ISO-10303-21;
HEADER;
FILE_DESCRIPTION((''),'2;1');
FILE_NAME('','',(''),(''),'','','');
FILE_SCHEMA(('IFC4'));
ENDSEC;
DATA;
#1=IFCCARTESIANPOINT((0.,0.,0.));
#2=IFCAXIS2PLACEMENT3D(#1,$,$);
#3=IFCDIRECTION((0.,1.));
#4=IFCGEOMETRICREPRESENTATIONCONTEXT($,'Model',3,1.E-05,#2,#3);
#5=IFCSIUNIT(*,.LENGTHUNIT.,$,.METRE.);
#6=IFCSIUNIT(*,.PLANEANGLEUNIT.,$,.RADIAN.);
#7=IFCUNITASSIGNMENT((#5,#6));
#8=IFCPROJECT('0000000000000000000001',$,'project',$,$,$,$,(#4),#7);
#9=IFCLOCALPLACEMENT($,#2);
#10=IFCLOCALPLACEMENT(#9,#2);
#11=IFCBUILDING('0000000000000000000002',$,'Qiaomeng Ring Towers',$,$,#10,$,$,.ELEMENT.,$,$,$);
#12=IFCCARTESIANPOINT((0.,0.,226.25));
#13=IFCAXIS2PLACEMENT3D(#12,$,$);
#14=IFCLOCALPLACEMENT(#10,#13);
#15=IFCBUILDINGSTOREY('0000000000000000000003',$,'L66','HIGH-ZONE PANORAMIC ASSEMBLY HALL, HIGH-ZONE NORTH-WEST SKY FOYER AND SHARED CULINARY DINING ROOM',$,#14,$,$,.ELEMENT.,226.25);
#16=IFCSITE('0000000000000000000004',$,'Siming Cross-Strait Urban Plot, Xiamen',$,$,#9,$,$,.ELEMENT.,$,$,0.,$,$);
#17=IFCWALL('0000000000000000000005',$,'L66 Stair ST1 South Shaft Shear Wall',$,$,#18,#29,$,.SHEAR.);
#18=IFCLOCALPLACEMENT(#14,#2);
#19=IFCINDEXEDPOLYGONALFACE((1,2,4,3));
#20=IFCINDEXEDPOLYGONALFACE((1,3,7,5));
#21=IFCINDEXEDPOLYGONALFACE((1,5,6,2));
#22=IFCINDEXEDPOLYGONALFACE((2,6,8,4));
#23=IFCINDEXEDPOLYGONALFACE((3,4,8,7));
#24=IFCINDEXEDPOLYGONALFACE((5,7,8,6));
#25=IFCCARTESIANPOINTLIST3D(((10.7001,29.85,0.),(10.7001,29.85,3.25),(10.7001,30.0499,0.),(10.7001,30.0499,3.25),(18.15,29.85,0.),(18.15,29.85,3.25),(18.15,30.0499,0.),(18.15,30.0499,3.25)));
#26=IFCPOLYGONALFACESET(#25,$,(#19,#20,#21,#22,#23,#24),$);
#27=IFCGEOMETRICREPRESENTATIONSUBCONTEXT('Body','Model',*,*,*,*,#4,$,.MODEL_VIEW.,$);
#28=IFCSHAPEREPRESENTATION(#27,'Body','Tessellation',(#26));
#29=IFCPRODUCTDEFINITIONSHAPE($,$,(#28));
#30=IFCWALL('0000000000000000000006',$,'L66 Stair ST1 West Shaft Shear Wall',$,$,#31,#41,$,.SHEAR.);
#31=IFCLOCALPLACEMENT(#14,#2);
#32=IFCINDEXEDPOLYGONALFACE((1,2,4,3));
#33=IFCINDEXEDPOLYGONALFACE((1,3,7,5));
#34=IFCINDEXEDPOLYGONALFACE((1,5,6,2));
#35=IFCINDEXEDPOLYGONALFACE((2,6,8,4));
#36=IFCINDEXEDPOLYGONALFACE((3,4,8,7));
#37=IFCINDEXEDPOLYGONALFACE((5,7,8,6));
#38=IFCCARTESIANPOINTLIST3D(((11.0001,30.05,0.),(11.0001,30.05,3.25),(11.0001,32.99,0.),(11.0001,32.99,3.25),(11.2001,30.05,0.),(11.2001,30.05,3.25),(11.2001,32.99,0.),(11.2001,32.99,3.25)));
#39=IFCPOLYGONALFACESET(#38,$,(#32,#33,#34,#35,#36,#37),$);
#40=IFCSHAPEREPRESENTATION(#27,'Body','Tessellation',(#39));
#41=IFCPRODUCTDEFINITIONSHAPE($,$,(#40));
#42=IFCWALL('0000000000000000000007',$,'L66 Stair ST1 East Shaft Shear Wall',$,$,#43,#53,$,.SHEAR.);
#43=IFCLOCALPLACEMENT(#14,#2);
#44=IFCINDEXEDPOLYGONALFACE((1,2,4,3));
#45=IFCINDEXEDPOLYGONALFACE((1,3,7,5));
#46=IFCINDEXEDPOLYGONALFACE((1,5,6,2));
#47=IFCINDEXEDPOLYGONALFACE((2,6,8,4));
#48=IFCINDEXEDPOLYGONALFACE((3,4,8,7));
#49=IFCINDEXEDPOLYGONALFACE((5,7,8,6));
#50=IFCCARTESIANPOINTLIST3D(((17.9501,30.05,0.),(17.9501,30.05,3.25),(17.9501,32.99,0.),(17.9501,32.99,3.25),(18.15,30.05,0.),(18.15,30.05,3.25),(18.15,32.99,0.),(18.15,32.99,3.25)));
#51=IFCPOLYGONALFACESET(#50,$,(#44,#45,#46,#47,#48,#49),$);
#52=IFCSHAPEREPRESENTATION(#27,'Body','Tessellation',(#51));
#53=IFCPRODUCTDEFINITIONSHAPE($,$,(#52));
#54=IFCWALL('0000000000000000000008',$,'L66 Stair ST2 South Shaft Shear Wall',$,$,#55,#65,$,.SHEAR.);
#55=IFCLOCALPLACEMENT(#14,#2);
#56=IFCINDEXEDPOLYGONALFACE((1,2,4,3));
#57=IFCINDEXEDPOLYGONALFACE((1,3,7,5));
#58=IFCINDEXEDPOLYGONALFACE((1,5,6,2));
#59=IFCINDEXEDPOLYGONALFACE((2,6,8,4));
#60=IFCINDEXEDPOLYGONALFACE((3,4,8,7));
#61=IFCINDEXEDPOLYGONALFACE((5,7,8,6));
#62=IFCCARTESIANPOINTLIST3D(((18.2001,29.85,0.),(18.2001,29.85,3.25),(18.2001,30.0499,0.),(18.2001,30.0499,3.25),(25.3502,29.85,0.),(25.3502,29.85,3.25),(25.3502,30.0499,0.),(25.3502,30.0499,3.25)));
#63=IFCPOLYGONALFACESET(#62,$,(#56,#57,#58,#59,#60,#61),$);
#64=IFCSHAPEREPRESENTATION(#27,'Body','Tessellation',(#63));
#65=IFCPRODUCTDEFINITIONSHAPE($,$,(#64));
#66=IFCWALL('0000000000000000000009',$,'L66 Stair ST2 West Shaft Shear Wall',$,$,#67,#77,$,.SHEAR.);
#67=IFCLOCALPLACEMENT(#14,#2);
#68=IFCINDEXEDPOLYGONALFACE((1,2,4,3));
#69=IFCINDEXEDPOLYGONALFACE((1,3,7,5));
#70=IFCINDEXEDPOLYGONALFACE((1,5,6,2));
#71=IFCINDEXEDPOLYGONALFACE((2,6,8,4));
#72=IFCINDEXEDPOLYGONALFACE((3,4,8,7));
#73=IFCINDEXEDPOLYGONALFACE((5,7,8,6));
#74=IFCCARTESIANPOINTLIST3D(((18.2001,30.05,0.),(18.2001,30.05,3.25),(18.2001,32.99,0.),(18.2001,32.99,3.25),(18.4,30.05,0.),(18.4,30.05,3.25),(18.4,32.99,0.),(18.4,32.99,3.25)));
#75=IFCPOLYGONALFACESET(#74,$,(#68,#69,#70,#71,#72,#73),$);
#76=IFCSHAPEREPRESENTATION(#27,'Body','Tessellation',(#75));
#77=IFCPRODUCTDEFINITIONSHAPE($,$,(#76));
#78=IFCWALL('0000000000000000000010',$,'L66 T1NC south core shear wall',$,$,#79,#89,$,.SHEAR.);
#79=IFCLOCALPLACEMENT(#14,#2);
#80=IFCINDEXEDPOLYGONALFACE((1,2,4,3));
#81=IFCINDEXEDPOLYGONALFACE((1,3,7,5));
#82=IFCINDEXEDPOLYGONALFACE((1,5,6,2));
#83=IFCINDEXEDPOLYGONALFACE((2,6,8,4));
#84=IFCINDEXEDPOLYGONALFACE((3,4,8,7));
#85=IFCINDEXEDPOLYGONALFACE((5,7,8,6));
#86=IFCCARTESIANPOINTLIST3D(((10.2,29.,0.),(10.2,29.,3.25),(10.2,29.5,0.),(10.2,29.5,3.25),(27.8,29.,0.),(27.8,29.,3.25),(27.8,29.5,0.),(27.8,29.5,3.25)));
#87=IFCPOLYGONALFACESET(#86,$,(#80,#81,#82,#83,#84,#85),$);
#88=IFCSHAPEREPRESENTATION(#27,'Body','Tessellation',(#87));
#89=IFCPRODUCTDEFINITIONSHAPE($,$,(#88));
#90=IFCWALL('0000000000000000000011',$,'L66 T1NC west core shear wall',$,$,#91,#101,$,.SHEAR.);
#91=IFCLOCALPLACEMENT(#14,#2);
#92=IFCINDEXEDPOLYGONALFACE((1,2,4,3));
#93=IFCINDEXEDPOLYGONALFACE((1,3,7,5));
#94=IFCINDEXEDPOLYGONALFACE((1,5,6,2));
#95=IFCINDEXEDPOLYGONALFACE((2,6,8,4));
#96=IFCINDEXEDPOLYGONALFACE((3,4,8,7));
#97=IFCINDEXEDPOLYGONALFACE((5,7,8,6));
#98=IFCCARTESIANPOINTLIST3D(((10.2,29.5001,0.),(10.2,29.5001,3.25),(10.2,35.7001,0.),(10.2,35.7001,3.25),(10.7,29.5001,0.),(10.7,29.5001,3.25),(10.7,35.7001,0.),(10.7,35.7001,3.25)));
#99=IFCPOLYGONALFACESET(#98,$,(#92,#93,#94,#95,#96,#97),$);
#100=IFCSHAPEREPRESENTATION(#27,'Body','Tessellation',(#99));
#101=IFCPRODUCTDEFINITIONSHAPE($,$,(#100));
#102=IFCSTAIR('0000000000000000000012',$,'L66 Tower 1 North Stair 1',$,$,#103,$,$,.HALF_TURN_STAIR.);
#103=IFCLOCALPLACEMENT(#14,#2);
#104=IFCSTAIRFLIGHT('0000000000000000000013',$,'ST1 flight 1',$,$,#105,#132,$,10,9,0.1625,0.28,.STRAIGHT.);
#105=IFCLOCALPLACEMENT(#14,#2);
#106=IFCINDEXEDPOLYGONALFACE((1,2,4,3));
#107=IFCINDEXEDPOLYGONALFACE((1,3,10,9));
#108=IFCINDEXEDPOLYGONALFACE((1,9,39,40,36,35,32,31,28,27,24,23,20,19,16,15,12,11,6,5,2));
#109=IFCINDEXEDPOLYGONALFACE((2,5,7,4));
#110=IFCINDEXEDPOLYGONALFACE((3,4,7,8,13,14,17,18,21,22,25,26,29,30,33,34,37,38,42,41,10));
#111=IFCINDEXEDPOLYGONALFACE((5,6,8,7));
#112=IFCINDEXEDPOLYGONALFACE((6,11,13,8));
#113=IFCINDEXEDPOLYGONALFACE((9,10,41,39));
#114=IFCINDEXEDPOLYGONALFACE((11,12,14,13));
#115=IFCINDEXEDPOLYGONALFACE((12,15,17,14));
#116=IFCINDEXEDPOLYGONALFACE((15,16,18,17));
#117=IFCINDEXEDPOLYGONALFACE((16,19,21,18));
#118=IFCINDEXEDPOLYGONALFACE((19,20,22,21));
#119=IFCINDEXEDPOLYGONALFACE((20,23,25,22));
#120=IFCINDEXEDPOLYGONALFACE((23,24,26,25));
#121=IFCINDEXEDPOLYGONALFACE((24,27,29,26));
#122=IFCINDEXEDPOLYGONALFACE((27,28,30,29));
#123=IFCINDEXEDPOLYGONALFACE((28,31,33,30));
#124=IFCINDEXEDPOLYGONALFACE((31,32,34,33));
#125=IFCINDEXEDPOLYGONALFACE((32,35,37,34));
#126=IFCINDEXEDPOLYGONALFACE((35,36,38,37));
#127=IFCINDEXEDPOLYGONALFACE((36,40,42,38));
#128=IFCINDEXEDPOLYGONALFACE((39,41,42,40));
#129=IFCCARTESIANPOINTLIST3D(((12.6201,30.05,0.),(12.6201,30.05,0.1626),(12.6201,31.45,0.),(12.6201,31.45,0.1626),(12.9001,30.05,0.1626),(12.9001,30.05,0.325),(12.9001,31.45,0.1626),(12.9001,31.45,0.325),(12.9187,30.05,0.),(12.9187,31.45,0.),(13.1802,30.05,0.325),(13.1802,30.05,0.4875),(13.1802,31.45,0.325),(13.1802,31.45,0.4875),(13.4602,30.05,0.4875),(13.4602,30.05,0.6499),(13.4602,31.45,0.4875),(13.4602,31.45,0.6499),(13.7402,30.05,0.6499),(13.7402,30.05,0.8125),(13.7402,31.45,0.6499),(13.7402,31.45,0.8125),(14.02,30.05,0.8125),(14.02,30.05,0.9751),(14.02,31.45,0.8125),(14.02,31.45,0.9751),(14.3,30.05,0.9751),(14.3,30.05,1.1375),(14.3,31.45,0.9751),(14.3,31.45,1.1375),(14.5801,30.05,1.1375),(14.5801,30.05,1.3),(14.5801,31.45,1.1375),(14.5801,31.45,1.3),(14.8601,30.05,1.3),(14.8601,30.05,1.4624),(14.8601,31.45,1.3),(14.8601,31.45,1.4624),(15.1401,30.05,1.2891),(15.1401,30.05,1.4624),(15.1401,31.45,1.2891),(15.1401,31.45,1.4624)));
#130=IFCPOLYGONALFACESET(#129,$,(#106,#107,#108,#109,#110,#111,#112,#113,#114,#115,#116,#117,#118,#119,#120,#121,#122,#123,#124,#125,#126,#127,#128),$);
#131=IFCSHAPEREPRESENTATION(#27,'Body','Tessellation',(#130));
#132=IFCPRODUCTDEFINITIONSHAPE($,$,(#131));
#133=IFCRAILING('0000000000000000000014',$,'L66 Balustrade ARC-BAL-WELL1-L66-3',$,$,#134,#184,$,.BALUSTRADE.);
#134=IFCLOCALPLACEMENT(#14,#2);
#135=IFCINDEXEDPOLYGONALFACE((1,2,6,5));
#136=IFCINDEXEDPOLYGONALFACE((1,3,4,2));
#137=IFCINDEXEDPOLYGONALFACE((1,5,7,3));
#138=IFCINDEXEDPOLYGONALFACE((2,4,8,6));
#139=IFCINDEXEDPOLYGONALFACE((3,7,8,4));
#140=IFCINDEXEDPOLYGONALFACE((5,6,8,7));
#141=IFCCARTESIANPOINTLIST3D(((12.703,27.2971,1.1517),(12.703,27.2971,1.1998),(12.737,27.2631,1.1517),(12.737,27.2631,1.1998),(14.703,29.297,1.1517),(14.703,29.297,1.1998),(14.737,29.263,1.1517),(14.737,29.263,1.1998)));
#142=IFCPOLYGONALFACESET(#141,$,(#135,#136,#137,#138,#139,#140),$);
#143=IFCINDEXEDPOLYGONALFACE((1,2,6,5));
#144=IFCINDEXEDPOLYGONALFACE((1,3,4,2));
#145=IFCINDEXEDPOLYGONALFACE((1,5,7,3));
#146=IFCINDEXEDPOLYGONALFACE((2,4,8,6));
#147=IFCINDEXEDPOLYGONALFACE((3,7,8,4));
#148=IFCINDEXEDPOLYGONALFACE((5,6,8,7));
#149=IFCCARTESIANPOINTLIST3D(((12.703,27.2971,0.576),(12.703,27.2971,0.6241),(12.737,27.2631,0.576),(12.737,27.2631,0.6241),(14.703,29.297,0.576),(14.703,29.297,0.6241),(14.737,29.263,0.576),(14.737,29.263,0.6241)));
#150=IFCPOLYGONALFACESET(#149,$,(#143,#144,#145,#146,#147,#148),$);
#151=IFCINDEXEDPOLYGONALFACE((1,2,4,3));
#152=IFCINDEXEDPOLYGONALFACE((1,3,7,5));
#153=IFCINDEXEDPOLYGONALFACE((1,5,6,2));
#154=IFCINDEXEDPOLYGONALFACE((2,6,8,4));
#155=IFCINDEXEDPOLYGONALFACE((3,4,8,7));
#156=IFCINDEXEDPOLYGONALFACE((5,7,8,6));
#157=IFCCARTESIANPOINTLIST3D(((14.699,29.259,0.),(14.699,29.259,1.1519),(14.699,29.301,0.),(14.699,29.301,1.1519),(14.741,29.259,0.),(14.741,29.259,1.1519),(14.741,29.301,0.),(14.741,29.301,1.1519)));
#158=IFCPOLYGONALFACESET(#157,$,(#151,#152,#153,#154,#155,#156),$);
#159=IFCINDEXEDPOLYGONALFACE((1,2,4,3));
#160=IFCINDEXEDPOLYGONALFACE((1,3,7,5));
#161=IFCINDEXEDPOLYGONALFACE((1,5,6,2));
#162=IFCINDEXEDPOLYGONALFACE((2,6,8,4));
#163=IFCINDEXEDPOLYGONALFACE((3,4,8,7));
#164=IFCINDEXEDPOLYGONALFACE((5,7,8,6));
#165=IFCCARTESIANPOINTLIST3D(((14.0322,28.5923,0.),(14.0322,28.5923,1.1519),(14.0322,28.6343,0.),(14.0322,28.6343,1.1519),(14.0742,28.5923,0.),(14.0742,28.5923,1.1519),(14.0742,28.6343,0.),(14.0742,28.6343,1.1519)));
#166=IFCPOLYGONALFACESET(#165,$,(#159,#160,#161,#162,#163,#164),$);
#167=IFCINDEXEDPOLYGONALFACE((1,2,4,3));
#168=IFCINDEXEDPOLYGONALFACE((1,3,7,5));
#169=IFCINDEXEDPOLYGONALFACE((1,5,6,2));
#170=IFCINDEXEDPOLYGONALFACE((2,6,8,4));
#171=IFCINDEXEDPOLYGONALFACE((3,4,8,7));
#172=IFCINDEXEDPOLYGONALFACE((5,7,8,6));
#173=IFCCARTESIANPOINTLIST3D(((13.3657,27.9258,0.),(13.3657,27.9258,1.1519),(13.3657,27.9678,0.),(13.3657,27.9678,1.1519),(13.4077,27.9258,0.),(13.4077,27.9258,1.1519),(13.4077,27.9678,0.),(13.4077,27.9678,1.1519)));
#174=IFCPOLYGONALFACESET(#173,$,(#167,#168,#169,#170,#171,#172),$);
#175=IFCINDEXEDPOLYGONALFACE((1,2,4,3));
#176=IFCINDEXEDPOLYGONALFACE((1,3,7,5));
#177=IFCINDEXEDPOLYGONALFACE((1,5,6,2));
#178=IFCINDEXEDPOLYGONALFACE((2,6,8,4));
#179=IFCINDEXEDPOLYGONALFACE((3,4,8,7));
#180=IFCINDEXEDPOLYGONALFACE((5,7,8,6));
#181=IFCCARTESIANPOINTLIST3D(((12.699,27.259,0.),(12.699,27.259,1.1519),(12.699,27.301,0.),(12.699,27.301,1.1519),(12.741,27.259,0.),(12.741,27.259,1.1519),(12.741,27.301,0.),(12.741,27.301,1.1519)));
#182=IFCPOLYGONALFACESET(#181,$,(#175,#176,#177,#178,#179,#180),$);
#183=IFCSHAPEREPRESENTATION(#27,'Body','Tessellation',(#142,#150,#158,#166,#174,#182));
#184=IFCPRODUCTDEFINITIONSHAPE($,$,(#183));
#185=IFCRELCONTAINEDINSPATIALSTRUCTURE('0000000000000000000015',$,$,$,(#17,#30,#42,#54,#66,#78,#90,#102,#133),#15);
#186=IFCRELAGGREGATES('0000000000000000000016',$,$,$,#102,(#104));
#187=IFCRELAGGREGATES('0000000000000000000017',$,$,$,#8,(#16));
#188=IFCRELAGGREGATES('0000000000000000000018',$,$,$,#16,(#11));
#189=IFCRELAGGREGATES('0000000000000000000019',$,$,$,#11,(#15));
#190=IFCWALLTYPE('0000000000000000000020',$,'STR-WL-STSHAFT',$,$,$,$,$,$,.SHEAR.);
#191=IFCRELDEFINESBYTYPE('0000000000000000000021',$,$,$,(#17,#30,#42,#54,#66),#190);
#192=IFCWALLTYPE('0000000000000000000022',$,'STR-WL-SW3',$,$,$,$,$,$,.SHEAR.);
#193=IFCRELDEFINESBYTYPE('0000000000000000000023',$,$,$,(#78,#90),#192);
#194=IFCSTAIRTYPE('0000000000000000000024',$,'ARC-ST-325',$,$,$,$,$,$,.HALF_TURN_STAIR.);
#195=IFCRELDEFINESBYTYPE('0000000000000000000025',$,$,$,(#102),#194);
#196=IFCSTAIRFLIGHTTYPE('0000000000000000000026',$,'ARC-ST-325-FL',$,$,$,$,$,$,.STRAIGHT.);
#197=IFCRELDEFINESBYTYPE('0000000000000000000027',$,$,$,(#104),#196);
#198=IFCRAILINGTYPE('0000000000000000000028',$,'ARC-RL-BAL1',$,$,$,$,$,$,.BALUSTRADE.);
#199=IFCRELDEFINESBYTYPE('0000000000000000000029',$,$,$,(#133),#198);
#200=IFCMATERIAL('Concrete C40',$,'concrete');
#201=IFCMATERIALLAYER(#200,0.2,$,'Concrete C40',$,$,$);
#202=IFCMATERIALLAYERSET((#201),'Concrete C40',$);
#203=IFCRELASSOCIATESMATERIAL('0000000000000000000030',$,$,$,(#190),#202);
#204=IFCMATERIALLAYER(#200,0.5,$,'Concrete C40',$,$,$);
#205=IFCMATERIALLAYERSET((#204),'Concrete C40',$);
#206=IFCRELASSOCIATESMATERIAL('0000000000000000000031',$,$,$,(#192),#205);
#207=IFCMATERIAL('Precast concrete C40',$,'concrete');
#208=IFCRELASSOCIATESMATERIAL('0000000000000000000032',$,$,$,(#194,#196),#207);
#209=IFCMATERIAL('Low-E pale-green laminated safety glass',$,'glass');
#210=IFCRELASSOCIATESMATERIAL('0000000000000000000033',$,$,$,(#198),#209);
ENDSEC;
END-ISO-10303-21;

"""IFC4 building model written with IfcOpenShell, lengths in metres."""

from ifc_helpers import new_model, si_unit, direction, frame, frame_2d, origin, origin_2d, place, context, subcontext, project, spatial, polyline, rectangle, outline, extrude, source, transform, mapped, material, layer, layer_set, type_object, element, aggregate, save


model = new_model("IFC4")

# Units and contexts
model_context = context("Model", 3, precision=1e-05, world=origin(), true_north=direction((0.0, 1.0)))
body_context = subcontext(model_context, "Body", "Model", "MODEL_VIEW")
ifc_project = project(units=[si_unit("LENGTHUNIT", "METRE"), si_unit("PLANEANGLEUNIT", "RADIAN")], contexts=[model_context])

# Site, building, storey
site_placement = place(None, origin())
site = spatial("IfcSite", under=ifc_project, at=site_placement, Name="Siming Cross-Strait Urban Plot, Xiamen", CompositionType="ELEMENT", RefElevation=0.0)
building_placement = place(site_placement, origin())
building = spatial("IfcBuilding", under=site, at=building_placement, Name="Qiaomeng Ring Towers", CompositionType="ELEMENT")
storey_placement = place(building_placement, frame((0.0, 0.0, 226.25)))
storey = spatial("IfcBuildingStorey", under=building, at=storey_placement, Name="L66", Description="HIGH-ZONE PANORAMIC ASSEMBLY HALL, HIGH-ZONE NORTH-WEST SKY FOYER AND SHARED CULINARY DINING ROOM", CompositionType="ELEMENT", Elevation=226.25)

# Shared definitions
ifc_material_1 = material(Name="Concrete C40", Category="concrete")

# Walls
ifc_layer_1 = layer(ifc_material_1, 0.2, Name="Concrete C40")
ifc_layer_set_1 = layer_set([ifc_layer_1], Name="Concrete C40")
wall_type_1 = type_object("IfcWallType", Name="STR-WL-STSHAFT", PredefinedType="SHEAR", material=ifc_layer_set_1)
wall_1_placement = place(storey_placement, frame((10.7, 29.95, 0.0), z_axis=(0.0, 0.0, 1.0), x_axis=(1.0, 0.0, 0.0)))
element("IfcWall", 1, at=wall_1_placement, inside=storey, type_object=wall_type_1, Name="L66 Stair ST1 South Shaft Shear Wall", PredefinedType="SHEAR", context=body_context, shape_type="SweptSolid", body=[
    extrude(rectangle(XDim=7.45, YDim=0.2, at=frame_2d((3.7251, 0.0))), origin(), (0.0, 0.0, 1.0), 3.25),
])
for number, where, z_axis, x_axis, name in (
    (2, (11.1001, 30.05, 0.0), (0.0, 0.0, 1.0), (0.0, 1.0, 0.0), "L66 Stair ST1 West Shaft Shear Wall"),
    (3, (18.05, 30.05, 0.0), (0.0, 0.0, 1.0), (0.0, 1.0, 0.0), "L66 Stair ST1 East Shaft Shear Wall"),
):
    element("IfcWall", number, at=place(storey_placement, frame(where, z_axis=z_axis, x_axis=x_axis)), inside=storey, type_object=wall_type_1, Name=name, PredefinedType="SHEAR", context=body_context, shape_type="SweptSolid", body=[
        extrude(rectangle(XDim=2.9399, YDim=0.2, at=frame_2d((1.47, 0.0))), origin(), (0.0, 0.0, 1.0), 3.25),
    ])
wall_2_placement = place(storey_placement, frame((18.2, 29.95, 0.0), z_axis=(0.0, 0.0, 1.0), x_axis=(1.0, 0.0, 0.0)))
element("IfcWall", 4, at=wall_2_placement, inside=storey, type_object=wall_type_1, Name="L66 Stair ST2 South Shaft Shear Wall", PredefinedType="SHEAR", context=body_context, shape_type="SweptSolid", body=[
    extrude(rectangle(XDim=7.1501, YDim=0.2, at=frame_2d((3.5752, 0.0))), origin(), (0.0, 0.0, 1.0), 3.25),
])
wall_3_placement = place(storey_placement, frame((18.3, 30.05, 0.0), z_axis=(0.0, 0.0, 1.0), x_axis=(0.0, 1.0, 0.0)))
element("IfcWall", 5, at=wall_3_placement, inside=storey, type_object=wall_type_1, Name="L66 Stair ST2 West Shaft Shear Wall", PredefinedType="SHEAR", context=body_context, shape_type="SweptSolid", body=[
    extrude(rectangle(XDim=2.9399, YDim=0.2, at=frame_2d((1.47, 0.0))), origin(), (0.0, 0.0, 1.0), 3.25),
])
ifc_layer_2 = layer(ifc_material_1, 0.5, Name="Concrete C40")
ifc_layer_set_2 = layer_set([ifc_layer_2], Name="Concrete C40")
wall_type_2 = type_object("IfcWallType", Name="STR-WL-SW3", PredefinedType="SHEAR", material=ifc_layer_set_2)
wall_4_placement = place(storey_placement, frame((10.2, 29.25, 0.0), z_axis=(0.0, 0.0, 1.0), x_axis=(1.0, 0.0, 0.0)))
element("IfcWall", 6, at=wall_4_placement, inside=storey, type_object=wall_type_2, Name="L66 T1NC south core shear wall", PredefinedType="SHEAR", context=body_context, shape_type="SweptSolid", body=[
    extrude(rectangle(XDim=17.6001, YDim=0.5, at=frame_2d((8.8, 0.0))), origin(), (0.0, 0.0, 1.0), 3.25),
])
wall_5_placement = place(storey_placement, frame((10.45, 29.5, 0.0), z_axis=(0.0, 0.0, 1.0), x_axis=(0.0, 1.0, 0.0)))
element("IfcWall", 7, at=wall_5_placement, inside=storey, type_object=wall_type_2, Name="L66 T1NC west core shear wall", PredefinedType="SHEAR", context=body_context, shape_type="SweptSolid", body=[
    extrude(rectangle(XDim=6.2, YDim=0.5, at=frame_2d((3.1001, 0.0))), origin(), (0.0, 0.0, 1.0), 3.25),
])

# Stair, stair flight
ifc_material_2 = material(Name="Precast concrete C40", Category="concrete")
stair_type = type_object("IfcStairType", Name="ARC-ST-325", PredefinedType="HALF_TURN_STAIR", material=ifc_material_2)
stair_placement = place(storey_placement, origin())
stair = element("IfcStair", 8, at=stair_placement, inside=storey, type_object=stair_type, Name="L66 Tower 1 North Stair 1", PredefinedType="HALF_TURN_STAIR")
stair_flight_type = type_object("IfcStairFlightType", Name="ARC-ST-325-FL", PredefinedType="STRAIGHT", material=ifc_material_2)
shared_shape_1 = source(origin(), body_context, "Body", "SweptSolid", [
    extrude(outline(polyline([(0.0, 0.0), (0.0, 0.1626), (0.28, 0.1626), (0.28, 0.325), (0.5601, 0.325), (0.5601, 0.4875), (0.8401, 0.4875), (0.8401, 0.6499), (1.1201, 0.6499), (1.1201, 0.8125), (1.3999, 0.8125), (1.3999, 0.9751), (1.6799, 0.9751), (1.6799, 1.1375), (1.96, 1.1375), (1.96, 1.3), (2.24, 1.3), (2.24, 1.4624), (2.52, 1.4624), (2.52, 1.625), (2.52, 1.2891), (0.2986, 0.0), (0.0, 0.0)])), frame((0.0, 0.7, 0.0), z_axis=(0.0, -1.0, 0.0), x_axis=(1.0, 0.0, 0.0)), (0.0, 0.0, 1.0), 1.3999),
])
stair_flight_placement = place(storey_placement, frame((12.6201, 30.75, 0.0), z_axis=(0.0, 0.0, 1.0), x_axis=(1.0, 0.0, 0.0)))
stair_flight = element("IfcStairFlight", 9, at=stair_flight_placement, type_object=stair_flight_type, Name="ST1 flight 1", NumberOfRisers=10, NumberOfTreads=9, PredefinedType="STRAIGHT", RiserHeight=0.1625, TreadLength=0.28, context=body_context, shape_type="MappedRepresentation", body=[
    mapped(shared_shape_1, transform((0.0, 0.0, 0.0), x_axis=(1.0, 0.0, 0.0), y_axis=(0.0, 1.0, 0.0), z_axis=(0.0, 0.0, 1.0), scale=1.0)),
])
aggregate(stair, [stair_flight])

# Railing
ifc_material_3 = material(Name="Low-E pale-green laminated safety glass", Category="glass")
railing_type_1 = type_object("IfcRailingType", Name="ARC-RL-BAL1", PredefinedType="BALUSTRADE", material=ifc_material_3)
railing_1_placement = place(storey_placement, frame((14.72, 29.28, 0.0)))
element("IfcRailing", 10, at=railing_1_placement, inside=storey, type_object=railing_type_1, Name="L66 Balustrade ARC-BAL-WELL1-L66-3", PredefinedType="BALUSTRADE", context=body_context, shape_type="SweptSolid", body=[
    extrude(rectangle(XDim=0.0481, YDim=0.0481, at=origin_2d()), frame((0.0, 0.0, 1.1758), z_axis=(-0.707107, -0.707107, 0.0), x_axis=(0.707107, -0.707107, 0.0)), (0.0, 0.0, 1.0), 2.8284),
    extrude(rectangle(XDim=0.0481, YDim=0.0481, at=origin_2d()), frame((0.0, 0.0, 0.6001), z_axis=(-0.707107, -0.707107, 0.0), x_axis=(0.707107, -0.707107, 0.0)), (0.0, 0.0, 1.0), 2.8284),
    extrude(rectangle(XDim=0.042, YDim=0.042, at=origin_2d()), origin(), (0.0, 0.0, 1.0), 1.1519),
    extrude(rectangle(XDim=0.042, YDim=0.042, at=origin_2d()), frame((-0.6667, -0.6667, 0.0)), (0.0, 0.0, 1.0), 1.1519),
    extrude(rectangle(XDim=0.042, YDim=0.042, at=origin_2d()), frame((-1.3333, -1.3333, 0.0)), (0.0, 0.0, 1.0), 1.1519),
    extrude(rectangle(XDim=0.042, YDim=0.042, at=origin_2d()), frame((-2.0, -2.0, 0.0)), (0.0, 0.0, 1.0), 1.1519),
])

save(model, "model.ifc")
